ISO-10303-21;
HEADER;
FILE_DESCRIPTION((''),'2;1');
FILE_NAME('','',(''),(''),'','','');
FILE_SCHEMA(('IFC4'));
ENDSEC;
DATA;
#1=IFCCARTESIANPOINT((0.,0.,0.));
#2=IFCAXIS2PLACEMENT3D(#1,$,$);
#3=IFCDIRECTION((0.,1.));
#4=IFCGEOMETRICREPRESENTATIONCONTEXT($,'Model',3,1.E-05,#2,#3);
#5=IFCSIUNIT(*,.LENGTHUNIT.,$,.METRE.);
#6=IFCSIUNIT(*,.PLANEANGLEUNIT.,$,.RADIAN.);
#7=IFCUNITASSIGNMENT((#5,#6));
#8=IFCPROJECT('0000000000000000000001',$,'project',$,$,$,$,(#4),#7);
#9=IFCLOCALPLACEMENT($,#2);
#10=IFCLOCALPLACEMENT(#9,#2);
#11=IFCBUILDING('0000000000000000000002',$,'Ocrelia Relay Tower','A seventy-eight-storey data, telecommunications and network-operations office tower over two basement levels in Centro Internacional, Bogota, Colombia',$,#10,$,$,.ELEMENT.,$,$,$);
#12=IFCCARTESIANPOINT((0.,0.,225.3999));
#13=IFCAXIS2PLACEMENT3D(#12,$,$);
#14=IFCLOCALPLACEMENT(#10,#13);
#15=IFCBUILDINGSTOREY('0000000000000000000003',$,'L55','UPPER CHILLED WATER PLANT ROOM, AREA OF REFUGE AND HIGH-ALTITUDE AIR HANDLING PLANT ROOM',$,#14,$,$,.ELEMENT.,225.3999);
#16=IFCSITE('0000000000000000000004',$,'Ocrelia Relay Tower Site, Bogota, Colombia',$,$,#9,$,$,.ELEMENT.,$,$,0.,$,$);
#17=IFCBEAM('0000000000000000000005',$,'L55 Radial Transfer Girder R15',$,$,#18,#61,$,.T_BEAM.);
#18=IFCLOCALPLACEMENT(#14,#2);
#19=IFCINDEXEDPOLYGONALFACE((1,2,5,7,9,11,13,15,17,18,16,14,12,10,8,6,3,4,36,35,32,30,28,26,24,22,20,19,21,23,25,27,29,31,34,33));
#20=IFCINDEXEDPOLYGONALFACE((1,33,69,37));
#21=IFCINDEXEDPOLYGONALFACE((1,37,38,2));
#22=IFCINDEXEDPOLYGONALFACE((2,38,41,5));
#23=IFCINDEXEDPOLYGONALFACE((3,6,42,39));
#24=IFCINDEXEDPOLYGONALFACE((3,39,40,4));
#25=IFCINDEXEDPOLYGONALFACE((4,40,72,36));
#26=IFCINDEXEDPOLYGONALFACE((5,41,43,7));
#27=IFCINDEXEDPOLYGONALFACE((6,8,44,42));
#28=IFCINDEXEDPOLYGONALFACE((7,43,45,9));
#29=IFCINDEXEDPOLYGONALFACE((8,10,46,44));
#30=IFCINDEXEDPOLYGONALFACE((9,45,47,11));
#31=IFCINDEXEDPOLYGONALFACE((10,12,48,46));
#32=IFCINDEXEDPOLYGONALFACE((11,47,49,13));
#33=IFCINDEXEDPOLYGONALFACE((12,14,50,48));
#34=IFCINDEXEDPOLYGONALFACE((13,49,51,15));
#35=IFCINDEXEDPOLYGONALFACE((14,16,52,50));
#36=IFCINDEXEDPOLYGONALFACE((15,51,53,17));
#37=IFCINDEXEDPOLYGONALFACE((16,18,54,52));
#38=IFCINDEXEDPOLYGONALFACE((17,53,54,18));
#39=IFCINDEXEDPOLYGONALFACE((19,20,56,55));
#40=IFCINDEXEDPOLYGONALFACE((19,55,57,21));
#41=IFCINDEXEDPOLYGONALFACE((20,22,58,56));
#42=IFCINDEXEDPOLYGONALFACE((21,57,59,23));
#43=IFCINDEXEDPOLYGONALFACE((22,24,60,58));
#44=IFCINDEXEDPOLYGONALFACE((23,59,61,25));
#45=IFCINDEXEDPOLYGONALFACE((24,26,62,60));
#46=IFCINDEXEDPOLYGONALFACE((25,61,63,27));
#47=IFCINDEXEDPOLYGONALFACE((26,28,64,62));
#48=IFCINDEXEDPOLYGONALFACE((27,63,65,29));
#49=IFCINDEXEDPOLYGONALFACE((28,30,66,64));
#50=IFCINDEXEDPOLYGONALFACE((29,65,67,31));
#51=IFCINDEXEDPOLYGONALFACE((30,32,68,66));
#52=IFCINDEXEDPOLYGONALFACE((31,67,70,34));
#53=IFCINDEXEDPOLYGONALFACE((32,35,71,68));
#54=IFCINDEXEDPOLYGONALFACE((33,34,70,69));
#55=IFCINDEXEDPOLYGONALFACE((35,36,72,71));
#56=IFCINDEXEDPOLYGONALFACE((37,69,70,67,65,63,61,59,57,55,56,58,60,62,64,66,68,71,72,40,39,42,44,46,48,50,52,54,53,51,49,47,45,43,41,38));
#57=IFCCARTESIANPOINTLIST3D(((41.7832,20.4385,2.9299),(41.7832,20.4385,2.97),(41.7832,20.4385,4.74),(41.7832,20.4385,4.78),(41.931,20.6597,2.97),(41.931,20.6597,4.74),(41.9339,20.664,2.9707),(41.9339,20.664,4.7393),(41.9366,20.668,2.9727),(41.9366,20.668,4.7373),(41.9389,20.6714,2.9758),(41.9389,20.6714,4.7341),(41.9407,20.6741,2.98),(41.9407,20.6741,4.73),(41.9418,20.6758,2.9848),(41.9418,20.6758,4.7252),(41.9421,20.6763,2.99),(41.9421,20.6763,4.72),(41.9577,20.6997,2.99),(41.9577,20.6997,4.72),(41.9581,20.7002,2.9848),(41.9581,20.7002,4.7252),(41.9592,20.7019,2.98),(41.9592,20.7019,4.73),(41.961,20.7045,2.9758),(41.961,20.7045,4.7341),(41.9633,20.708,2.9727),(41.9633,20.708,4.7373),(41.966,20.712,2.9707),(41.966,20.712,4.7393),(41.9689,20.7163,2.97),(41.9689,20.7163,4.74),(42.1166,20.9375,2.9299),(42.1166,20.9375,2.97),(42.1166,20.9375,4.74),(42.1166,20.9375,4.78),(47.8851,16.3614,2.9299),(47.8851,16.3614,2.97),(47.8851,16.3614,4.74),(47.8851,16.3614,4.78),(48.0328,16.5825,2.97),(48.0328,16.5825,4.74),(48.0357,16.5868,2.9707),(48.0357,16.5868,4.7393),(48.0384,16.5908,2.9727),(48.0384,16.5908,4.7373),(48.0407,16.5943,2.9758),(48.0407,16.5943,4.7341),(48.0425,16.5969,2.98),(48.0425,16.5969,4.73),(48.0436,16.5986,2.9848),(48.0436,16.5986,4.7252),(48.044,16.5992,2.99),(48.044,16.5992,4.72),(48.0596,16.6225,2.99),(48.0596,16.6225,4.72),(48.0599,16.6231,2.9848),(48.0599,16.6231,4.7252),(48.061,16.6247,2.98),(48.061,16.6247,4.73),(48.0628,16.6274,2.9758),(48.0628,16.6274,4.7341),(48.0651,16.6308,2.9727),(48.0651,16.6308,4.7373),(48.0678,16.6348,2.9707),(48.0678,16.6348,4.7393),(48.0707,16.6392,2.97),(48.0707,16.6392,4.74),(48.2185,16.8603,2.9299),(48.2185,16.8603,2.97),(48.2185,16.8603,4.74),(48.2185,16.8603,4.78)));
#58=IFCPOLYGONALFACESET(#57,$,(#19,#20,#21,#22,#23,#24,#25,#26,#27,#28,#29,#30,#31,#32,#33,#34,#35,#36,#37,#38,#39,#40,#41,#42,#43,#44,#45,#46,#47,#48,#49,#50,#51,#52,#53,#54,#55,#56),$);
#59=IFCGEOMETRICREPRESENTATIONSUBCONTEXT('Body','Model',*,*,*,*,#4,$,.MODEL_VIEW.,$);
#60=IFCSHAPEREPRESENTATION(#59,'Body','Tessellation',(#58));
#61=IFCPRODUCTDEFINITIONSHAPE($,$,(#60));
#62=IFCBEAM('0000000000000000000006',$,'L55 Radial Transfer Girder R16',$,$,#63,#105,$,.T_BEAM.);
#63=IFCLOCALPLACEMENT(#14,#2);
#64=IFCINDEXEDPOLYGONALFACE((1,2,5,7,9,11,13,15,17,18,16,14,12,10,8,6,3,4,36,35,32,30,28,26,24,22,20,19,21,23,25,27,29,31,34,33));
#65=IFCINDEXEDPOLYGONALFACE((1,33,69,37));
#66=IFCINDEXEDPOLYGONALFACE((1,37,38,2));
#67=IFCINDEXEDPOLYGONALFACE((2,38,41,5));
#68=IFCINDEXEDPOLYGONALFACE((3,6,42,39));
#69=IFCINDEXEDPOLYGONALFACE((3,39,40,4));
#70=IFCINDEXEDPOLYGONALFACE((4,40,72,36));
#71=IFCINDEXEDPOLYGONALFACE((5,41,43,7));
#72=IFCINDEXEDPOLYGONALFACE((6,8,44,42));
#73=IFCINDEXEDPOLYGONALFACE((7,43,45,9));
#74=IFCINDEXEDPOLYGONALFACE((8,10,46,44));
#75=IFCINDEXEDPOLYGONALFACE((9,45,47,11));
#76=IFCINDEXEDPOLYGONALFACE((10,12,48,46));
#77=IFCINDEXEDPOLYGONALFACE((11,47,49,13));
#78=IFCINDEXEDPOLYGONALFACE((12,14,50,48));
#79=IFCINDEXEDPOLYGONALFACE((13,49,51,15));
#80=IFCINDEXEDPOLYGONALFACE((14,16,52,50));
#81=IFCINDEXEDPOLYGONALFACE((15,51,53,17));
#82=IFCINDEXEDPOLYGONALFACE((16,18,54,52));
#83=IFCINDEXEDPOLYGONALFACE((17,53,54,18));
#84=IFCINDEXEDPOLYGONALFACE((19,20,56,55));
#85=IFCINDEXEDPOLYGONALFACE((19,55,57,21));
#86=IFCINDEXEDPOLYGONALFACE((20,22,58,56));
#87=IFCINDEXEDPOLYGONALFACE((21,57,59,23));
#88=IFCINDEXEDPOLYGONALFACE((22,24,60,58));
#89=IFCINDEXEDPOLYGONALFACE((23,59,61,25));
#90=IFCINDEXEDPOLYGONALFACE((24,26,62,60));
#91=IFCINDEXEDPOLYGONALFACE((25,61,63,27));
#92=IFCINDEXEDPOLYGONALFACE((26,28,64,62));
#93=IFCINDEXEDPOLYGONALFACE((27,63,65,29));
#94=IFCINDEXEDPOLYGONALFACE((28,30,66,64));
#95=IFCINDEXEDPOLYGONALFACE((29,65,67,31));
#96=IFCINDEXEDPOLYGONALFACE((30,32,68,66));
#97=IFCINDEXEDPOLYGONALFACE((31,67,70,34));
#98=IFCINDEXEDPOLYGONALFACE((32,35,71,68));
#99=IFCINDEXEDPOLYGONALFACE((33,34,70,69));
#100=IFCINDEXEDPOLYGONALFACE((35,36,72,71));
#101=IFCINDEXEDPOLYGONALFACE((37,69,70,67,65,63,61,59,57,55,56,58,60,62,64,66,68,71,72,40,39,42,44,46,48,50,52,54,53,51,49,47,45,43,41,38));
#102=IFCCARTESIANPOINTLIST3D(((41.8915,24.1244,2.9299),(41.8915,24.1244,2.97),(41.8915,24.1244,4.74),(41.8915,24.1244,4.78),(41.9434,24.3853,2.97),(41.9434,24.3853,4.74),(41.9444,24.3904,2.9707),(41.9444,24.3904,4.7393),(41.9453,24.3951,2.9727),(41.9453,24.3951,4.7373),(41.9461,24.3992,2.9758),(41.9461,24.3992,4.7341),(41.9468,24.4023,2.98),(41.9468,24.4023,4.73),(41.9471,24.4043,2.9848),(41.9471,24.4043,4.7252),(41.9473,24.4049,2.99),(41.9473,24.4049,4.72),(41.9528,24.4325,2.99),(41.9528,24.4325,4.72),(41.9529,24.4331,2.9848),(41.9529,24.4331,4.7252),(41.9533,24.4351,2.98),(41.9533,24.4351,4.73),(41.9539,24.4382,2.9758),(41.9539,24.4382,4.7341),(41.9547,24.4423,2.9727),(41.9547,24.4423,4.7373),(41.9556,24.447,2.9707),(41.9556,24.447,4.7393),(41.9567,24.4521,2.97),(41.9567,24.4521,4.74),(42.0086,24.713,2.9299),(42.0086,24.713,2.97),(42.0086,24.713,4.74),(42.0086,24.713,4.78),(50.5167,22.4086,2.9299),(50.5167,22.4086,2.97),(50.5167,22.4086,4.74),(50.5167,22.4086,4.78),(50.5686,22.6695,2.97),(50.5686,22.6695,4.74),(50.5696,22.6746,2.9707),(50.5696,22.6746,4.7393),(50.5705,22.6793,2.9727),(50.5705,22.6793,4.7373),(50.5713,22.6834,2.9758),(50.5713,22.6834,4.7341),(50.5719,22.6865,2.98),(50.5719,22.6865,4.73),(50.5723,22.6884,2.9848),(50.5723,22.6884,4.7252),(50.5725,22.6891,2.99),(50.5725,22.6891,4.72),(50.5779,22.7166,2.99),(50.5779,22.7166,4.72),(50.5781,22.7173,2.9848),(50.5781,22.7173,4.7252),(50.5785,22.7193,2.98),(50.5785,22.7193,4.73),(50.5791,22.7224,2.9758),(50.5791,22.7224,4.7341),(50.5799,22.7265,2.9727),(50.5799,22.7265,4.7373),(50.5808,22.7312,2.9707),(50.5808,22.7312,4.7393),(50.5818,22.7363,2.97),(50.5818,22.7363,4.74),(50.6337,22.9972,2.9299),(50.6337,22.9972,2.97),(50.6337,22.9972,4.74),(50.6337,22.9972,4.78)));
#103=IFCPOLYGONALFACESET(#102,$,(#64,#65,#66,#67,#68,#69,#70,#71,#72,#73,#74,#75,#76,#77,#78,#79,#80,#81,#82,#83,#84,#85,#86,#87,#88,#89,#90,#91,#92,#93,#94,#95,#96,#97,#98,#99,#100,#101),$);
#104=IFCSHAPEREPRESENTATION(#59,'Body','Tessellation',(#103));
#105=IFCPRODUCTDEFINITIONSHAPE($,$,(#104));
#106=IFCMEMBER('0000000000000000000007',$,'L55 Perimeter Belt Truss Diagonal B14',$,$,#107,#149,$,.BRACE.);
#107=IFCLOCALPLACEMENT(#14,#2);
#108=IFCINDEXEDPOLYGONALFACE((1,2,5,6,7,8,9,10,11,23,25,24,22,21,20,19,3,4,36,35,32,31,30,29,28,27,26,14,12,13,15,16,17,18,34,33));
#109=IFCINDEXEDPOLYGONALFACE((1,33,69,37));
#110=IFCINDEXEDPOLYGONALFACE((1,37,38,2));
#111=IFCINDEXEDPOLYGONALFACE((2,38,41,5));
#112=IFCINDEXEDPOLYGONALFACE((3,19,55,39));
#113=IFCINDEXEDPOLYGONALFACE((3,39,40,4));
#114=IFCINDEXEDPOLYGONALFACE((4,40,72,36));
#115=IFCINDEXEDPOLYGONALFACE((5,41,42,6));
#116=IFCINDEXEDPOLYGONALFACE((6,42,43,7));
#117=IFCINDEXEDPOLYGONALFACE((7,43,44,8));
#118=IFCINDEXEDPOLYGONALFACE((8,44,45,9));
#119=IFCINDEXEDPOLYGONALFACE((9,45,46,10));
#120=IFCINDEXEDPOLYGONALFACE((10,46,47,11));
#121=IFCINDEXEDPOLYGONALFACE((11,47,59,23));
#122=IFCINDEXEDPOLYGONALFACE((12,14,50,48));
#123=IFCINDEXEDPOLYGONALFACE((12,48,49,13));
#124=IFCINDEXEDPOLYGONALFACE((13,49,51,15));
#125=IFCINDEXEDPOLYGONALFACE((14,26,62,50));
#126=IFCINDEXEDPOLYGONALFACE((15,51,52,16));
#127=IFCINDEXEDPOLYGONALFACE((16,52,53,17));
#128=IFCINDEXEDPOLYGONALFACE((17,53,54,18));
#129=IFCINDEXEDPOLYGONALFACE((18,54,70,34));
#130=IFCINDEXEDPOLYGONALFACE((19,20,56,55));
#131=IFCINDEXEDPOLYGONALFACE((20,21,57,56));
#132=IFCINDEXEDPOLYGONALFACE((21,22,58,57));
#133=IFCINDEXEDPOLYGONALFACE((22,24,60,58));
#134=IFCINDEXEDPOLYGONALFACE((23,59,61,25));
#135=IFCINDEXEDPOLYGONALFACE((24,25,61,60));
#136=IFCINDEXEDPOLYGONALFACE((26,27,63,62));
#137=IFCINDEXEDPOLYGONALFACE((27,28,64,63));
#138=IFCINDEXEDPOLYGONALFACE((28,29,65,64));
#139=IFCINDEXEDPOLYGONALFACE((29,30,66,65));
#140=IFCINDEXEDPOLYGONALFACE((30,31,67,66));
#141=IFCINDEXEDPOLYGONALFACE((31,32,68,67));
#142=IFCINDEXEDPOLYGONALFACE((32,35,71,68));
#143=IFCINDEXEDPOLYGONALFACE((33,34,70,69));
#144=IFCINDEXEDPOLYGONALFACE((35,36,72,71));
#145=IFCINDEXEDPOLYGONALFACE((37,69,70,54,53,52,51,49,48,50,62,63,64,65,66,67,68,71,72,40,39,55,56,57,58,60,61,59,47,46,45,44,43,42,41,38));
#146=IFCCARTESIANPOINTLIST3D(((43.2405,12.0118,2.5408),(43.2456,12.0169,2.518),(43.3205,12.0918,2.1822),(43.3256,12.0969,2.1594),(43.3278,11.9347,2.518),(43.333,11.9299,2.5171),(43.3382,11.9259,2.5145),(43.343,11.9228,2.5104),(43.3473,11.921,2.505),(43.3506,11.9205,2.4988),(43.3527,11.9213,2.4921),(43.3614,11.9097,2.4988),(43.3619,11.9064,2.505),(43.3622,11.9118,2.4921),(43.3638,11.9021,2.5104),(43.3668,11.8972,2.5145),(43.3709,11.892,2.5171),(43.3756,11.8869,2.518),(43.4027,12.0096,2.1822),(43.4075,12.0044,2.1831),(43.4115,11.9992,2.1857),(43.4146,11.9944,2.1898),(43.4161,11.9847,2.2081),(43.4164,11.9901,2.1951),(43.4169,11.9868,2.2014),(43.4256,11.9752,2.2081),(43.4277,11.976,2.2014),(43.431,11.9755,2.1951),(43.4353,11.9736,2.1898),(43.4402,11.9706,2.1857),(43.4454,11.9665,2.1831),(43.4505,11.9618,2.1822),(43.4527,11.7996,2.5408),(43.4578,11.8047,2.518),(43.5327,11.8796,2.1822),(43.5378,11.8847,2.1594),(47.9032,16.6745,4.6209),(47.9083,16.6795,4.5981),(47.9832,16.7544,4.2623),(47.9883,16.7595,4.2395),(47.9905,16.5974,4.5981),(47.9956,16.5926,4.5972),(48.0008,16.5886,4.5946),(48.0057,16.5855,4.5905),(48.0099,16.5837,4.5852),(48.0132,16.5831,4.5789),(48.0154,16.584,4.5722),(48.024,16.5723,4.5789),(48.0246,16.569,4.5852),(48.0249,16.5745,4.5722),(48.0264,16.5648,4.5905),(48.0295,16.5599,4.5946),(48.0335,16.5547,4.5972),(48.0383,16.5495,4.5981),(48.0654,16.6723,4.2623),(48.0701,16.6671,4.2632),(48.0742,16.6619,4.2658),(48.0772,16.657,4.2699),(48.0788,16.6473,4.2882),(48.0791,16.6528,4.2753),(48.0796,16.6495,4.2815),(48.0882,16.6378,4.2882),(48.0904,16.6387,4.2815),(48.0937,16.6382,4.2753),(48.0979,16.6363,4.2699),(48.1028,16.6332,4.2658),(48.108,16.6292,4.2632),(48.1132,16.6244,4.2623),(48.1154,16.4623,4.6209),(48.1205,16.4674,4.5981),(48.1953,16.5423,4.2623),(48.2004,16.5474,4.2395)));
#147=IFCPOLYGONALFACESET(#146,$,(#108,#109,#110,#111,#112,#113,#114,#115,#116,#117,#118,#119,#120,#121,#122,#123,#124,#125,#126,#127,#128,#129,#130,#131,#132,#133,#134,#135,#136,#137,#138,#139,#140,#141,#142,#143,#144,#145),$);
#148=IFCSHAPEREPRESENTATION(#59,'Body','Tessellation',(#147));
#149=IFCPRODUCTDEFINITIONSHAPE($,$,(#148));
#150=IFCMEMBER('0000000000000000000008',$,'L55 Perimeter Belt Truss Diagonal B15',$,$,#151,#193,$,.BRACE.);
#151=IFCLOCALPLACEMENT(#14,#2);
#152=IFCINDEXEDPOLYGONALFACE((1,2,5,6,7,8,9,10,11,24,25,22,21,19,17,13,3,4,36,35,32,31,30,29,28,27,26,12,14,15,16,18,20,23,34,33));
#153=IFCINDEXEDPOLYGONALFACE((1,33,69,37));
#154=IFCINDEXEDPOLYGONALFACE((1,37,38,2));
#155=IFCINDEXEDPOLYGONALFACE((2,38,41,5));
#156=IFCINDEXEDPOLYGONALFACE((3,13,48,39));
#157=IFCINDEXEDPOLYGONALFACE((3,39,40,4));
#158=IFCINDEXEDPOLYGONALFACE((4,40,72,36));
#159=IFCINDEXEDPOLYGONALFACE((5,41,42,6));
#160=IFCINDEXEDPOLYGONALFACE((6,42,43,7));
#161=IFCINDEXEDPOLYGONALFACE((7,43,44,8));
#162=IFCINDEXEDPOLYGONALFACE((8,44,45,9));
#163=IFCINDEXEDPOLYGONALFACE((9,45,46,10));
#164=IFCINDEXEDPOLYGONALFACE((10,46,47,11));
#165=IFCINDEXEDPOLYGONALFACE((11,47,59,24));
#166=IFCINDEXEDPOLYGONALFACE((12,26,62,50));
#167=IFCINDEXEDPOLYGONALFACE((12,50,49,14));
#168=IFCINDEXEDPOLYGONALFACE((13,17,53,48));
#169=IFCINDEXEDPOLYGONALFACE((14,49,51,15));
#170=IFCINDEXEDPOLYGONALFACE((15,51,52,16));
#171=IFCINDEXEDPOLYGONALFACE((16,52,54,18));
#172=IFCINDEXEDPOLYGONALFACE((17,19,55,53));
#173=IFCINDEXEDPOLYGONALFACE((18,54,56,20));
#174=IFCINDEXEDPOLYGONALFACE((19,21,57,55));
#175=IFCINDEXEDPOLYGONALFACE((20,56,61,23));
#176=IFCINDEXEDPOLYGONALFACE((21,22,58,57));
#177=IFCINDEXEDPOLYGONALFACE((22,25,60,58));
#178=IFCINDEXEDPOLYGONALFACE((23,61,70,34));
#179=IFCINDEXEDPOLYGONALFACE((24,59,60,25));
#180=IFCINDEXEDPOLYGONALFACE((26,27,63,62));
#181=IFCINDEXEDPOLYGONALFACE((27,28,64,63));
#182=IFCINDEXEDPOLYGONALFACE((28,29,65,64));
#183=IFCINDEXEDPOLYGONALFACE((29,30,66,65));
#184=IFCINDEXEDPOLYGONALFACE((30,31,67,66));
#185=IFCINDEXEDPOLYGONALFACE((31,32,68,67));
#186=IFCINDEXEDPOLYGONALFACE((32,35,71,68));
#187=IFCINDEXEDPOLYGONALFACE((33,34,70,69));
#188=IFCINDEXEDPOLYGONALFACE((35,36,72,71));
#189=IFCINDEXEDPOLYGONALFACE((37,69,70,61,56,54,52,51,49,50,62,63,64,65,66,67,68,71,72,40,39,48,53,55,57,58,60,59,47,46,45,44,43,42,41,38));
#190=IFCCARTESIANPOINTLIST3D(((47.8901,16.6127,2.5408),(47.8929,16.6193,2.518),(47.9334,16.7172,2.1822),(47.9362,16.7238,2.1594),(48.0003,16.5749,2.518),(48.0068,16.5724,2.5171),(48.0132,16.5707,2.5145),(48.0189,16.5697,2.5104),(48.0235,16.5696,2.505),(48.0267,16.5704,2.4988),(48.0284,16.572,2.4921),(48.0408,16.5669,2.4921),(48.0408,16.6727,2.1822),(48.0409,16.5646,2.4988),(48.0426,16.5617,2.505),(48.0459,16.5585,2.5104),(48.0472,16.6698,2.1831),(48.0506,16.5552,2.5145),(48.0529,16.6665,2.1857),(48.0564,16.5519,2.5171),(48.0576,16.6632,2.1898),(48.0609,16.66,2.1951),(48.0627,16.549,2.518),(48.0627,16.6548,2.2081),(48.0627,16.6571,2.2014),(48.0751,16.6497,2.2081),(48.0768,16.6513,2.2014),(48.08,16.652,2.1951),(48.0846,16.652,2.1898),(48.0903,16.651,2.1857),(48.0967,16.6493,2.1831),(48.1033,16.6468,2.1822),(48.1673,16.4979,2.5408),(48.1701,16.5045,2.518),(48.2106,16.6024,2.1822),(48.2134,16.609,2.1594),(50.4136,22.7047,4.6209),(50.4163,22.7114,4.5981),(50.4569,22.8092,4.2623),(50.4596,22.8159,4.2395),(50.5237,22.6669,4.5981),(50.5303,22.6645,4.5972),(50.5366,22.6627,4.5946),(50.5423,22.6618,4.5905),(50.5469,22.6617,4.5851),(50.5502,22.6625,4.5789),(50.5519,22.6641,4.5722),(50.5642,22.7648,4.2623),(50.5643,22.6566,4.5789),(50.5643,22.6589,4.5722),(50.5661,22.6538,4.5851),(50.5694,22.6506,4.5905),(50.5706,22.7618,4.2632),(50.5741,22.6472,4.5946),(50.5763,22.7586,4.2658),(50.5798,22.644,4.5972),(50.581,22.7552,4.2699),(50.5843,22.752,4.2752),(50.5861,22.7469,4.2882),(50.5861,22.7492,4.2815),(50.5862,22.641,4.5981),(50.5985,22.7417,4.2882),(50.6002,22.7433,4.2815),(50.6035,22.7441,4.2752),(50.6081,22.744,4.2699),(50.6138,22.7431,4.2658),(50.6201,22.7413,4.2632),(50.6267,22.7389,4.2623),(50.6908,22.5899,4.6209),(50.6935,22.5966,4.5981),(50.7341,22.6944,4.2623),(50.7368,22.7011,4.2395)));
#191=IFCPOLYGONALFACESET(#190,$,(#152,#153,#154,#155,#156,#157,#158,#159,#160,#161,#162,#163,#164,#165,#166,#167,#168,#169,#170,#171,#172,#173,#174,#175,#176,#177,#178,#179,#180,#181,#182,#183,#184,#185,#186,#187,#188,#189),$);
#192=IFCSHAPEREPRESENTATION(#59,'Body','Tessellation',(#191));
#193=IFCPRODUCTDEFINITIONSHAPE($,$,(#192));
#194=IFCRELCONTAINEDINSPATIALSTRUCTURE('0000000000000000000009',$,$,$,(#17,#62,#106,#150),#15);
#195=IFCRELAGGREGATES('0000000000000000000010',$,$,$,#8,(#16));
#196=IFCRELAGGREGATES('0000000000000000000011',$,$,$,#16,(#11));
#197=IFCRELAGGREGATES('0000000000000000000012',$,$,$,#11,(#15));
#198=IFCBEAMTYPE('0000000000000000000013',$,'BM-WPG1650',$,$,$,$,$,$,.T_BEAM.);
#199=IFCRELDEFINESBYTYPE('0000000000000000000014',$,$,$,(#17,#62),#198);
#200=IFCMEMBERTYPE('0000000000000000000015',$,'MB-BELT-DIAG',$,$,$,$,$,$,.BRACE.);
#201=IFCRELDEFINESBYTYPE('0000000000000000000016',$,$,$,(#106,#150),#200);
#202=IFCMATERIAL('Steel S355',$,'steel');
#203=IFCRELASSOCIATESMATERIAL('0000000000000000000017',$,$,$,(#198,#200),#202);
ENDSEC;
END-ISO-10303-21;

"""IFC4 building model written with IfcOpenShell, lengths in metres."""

from ifc_helpers import new_model, si_unit, direction, frame, origin, origin_2d, place, context, subcontext, project, spatial, i_section, extrude, material, material_profile, profile_set, type_object, element, save


model = new_model("IFC4")

# Units and contexts
model_context = context("Model", 3, precision=1e-05, world=origin(), true_north=direction((0.0, 1.0)))
body_context = subcontext(model_context, "Body", "Model", "MODEL_VIEW")
ifc_project = project(units=[si_unit("LENGTHUNIT", "METRE"), si_unit("PLANEANGLEUNIT", "RADIAN")], contexts=[model_context])

# Site, building, storey
site_placement = place(None, origin())
site = spatial("IfcSite", under=ifc_project, at=site_placement, Name="Ocrelia Relay Tower Site, Bogota, Colombia", CompositionType="ELEMENT", RefElevation=0.0)
building_placement = place(site_placement, origin())
building = spatial("IfcBuilding", under=site, at=building_placement, Name="Ocrelia Relay Tower", Description="A seventy-eight-storey data, telecommunications and network-operations office tower over two basement levels in Centro Internacional, Bogota, Colombia", CompositionType="ELEMENT")
storey_placement = place(building_placement, frame((0.0, 0.0, 225.3999)))
storey = spatial("IfcBuildingStorey", under=building, at=storey_placement, Name="L55", Description="UPPER CHILLED WATER PLANT ROOM, AREA OF REFUGE AND HIGH-ALTITUDE AIR HANDLING PLANT ROOM", CompositionType="ELEMENT", Elevation=225.3999)

# Beams
ifc_material_1 = material(Name="Steel S355", Category="steel")
ifc_material_profile_1 = material_profile(ifc_material_1, i_section(OverallWidth=0.6001, OverallDepth=1.8501, WebThickness=0.0281, FlangeThickness=0.04, FilletRadius=0.02, at=origin_2d()), Name="WPG 1850x600")
ifc_profile_set_1 = profile_set([ifc_material_profile_1], Name="Steel S355")
beam_type_1 = type_object("IfcBeamType", Name="BM-WPG1650", PredefinedType="T_BEAM", material=ifc_profile_set_1)
beam_1_placement = place(storey_placement, frame((48.0518, 16.6108, 3.855), z_axis=(-0.831466, 0.555575, 0.0), x_axis=(-0.555575, -0.831466, 0.0)))
element("IfcBeam", 1, at=beam_1_placement, inside=storey, type_object=beam_type_1, Name="L55 Radial Transfer Girder R15", PredefinedType="T_BEAM", context=body_context, shape_type="SweptSolid", body=[
    extrude(i_section(OverallWidth=0.6001, OverallDepth=1.8501, WebThickness=0.0281, FlangeThickness=0.04, FilletRadius=0.02, at=origin_2d()), origin(), (0.0, 0.0, 1.0), 7.3386),
])
beam_2_placement = place(storey_placement, frame((50.5752, 22.7029, 3.855), z_axis=(-0.980782, 0.195107, 0.0), x_axis=(-0.195107, -0.980782, 0.0)))
element("IfcBeam", 2, at=beam_2_placement, inside=storey, type_object=beam_type_1, Name="L55 Radial Transfer Girder R16", PredefinedType="T_BEAM", context=body_context, shape_type="SweptSolid", body=[
    extrude(i_section(OverallWidth=0.6001, OverallDepth=1.8501, WebThickness=0.0281, FlangeThickness=0.04, FilletRadius=0.02, at=origin_2d()), origin(), (0.0, 0.0, 1.0), 8.7942),
])

# Members
ifc_material_profile_2 = material_profile(ifc_material_1, i_section(OverallWidth=0.3, OverallDepth=0.3999, WebThickness=0.0134, FlangeThickness=0.0239, FilletRadius=0.0271, at=origin_2d()), Name="HEB 400")
ifc_profile_set_2 = profile_set([ifc_material_profile_2], Name="Steel S355")
member_type_1 = type_object("IfcMemberType", Name="MB-BELT-DIAG", PredefinedType="BRACE", material=ifc_profile_set_2)
for number, where, z_axis, x_axis, name in (
    (3, (43.3892, 11.9482, 2.3501), (0.67435, 0.67435, 0.300841), (-0.707107, 0.707107, 0.0), "L55 Perimeter Belt Truss Diagonal B14"),
    (4, (48.0518, 16.6108, 2.3501), (0.36496, 0.88108, 0.300837), (-0.923878, 0.382688, 0.0), "L55 Perimeter Belt Truss Diagonal B15"),
):
    element("IfcMember", number, at=place(storey_placement, frame(where, z_axis=z_axis, x_axis=x_axis)), inside=storey, type_object=member_type_1, Name=name, PredefinedType="BRACE", context=body_context, shape_type="SweptSolid", body=[
        extrude(i_section(OverallWidth=0.3, OverallDepth=0.3999, WebThickness=0.0134, FlangeThickness=0.0239, FilletRadius=0.0271, at=origin_2d()), origin(), (0.0, 0.0, 1.0), 6.9143),
    ])

save(model, "model.ifc")
